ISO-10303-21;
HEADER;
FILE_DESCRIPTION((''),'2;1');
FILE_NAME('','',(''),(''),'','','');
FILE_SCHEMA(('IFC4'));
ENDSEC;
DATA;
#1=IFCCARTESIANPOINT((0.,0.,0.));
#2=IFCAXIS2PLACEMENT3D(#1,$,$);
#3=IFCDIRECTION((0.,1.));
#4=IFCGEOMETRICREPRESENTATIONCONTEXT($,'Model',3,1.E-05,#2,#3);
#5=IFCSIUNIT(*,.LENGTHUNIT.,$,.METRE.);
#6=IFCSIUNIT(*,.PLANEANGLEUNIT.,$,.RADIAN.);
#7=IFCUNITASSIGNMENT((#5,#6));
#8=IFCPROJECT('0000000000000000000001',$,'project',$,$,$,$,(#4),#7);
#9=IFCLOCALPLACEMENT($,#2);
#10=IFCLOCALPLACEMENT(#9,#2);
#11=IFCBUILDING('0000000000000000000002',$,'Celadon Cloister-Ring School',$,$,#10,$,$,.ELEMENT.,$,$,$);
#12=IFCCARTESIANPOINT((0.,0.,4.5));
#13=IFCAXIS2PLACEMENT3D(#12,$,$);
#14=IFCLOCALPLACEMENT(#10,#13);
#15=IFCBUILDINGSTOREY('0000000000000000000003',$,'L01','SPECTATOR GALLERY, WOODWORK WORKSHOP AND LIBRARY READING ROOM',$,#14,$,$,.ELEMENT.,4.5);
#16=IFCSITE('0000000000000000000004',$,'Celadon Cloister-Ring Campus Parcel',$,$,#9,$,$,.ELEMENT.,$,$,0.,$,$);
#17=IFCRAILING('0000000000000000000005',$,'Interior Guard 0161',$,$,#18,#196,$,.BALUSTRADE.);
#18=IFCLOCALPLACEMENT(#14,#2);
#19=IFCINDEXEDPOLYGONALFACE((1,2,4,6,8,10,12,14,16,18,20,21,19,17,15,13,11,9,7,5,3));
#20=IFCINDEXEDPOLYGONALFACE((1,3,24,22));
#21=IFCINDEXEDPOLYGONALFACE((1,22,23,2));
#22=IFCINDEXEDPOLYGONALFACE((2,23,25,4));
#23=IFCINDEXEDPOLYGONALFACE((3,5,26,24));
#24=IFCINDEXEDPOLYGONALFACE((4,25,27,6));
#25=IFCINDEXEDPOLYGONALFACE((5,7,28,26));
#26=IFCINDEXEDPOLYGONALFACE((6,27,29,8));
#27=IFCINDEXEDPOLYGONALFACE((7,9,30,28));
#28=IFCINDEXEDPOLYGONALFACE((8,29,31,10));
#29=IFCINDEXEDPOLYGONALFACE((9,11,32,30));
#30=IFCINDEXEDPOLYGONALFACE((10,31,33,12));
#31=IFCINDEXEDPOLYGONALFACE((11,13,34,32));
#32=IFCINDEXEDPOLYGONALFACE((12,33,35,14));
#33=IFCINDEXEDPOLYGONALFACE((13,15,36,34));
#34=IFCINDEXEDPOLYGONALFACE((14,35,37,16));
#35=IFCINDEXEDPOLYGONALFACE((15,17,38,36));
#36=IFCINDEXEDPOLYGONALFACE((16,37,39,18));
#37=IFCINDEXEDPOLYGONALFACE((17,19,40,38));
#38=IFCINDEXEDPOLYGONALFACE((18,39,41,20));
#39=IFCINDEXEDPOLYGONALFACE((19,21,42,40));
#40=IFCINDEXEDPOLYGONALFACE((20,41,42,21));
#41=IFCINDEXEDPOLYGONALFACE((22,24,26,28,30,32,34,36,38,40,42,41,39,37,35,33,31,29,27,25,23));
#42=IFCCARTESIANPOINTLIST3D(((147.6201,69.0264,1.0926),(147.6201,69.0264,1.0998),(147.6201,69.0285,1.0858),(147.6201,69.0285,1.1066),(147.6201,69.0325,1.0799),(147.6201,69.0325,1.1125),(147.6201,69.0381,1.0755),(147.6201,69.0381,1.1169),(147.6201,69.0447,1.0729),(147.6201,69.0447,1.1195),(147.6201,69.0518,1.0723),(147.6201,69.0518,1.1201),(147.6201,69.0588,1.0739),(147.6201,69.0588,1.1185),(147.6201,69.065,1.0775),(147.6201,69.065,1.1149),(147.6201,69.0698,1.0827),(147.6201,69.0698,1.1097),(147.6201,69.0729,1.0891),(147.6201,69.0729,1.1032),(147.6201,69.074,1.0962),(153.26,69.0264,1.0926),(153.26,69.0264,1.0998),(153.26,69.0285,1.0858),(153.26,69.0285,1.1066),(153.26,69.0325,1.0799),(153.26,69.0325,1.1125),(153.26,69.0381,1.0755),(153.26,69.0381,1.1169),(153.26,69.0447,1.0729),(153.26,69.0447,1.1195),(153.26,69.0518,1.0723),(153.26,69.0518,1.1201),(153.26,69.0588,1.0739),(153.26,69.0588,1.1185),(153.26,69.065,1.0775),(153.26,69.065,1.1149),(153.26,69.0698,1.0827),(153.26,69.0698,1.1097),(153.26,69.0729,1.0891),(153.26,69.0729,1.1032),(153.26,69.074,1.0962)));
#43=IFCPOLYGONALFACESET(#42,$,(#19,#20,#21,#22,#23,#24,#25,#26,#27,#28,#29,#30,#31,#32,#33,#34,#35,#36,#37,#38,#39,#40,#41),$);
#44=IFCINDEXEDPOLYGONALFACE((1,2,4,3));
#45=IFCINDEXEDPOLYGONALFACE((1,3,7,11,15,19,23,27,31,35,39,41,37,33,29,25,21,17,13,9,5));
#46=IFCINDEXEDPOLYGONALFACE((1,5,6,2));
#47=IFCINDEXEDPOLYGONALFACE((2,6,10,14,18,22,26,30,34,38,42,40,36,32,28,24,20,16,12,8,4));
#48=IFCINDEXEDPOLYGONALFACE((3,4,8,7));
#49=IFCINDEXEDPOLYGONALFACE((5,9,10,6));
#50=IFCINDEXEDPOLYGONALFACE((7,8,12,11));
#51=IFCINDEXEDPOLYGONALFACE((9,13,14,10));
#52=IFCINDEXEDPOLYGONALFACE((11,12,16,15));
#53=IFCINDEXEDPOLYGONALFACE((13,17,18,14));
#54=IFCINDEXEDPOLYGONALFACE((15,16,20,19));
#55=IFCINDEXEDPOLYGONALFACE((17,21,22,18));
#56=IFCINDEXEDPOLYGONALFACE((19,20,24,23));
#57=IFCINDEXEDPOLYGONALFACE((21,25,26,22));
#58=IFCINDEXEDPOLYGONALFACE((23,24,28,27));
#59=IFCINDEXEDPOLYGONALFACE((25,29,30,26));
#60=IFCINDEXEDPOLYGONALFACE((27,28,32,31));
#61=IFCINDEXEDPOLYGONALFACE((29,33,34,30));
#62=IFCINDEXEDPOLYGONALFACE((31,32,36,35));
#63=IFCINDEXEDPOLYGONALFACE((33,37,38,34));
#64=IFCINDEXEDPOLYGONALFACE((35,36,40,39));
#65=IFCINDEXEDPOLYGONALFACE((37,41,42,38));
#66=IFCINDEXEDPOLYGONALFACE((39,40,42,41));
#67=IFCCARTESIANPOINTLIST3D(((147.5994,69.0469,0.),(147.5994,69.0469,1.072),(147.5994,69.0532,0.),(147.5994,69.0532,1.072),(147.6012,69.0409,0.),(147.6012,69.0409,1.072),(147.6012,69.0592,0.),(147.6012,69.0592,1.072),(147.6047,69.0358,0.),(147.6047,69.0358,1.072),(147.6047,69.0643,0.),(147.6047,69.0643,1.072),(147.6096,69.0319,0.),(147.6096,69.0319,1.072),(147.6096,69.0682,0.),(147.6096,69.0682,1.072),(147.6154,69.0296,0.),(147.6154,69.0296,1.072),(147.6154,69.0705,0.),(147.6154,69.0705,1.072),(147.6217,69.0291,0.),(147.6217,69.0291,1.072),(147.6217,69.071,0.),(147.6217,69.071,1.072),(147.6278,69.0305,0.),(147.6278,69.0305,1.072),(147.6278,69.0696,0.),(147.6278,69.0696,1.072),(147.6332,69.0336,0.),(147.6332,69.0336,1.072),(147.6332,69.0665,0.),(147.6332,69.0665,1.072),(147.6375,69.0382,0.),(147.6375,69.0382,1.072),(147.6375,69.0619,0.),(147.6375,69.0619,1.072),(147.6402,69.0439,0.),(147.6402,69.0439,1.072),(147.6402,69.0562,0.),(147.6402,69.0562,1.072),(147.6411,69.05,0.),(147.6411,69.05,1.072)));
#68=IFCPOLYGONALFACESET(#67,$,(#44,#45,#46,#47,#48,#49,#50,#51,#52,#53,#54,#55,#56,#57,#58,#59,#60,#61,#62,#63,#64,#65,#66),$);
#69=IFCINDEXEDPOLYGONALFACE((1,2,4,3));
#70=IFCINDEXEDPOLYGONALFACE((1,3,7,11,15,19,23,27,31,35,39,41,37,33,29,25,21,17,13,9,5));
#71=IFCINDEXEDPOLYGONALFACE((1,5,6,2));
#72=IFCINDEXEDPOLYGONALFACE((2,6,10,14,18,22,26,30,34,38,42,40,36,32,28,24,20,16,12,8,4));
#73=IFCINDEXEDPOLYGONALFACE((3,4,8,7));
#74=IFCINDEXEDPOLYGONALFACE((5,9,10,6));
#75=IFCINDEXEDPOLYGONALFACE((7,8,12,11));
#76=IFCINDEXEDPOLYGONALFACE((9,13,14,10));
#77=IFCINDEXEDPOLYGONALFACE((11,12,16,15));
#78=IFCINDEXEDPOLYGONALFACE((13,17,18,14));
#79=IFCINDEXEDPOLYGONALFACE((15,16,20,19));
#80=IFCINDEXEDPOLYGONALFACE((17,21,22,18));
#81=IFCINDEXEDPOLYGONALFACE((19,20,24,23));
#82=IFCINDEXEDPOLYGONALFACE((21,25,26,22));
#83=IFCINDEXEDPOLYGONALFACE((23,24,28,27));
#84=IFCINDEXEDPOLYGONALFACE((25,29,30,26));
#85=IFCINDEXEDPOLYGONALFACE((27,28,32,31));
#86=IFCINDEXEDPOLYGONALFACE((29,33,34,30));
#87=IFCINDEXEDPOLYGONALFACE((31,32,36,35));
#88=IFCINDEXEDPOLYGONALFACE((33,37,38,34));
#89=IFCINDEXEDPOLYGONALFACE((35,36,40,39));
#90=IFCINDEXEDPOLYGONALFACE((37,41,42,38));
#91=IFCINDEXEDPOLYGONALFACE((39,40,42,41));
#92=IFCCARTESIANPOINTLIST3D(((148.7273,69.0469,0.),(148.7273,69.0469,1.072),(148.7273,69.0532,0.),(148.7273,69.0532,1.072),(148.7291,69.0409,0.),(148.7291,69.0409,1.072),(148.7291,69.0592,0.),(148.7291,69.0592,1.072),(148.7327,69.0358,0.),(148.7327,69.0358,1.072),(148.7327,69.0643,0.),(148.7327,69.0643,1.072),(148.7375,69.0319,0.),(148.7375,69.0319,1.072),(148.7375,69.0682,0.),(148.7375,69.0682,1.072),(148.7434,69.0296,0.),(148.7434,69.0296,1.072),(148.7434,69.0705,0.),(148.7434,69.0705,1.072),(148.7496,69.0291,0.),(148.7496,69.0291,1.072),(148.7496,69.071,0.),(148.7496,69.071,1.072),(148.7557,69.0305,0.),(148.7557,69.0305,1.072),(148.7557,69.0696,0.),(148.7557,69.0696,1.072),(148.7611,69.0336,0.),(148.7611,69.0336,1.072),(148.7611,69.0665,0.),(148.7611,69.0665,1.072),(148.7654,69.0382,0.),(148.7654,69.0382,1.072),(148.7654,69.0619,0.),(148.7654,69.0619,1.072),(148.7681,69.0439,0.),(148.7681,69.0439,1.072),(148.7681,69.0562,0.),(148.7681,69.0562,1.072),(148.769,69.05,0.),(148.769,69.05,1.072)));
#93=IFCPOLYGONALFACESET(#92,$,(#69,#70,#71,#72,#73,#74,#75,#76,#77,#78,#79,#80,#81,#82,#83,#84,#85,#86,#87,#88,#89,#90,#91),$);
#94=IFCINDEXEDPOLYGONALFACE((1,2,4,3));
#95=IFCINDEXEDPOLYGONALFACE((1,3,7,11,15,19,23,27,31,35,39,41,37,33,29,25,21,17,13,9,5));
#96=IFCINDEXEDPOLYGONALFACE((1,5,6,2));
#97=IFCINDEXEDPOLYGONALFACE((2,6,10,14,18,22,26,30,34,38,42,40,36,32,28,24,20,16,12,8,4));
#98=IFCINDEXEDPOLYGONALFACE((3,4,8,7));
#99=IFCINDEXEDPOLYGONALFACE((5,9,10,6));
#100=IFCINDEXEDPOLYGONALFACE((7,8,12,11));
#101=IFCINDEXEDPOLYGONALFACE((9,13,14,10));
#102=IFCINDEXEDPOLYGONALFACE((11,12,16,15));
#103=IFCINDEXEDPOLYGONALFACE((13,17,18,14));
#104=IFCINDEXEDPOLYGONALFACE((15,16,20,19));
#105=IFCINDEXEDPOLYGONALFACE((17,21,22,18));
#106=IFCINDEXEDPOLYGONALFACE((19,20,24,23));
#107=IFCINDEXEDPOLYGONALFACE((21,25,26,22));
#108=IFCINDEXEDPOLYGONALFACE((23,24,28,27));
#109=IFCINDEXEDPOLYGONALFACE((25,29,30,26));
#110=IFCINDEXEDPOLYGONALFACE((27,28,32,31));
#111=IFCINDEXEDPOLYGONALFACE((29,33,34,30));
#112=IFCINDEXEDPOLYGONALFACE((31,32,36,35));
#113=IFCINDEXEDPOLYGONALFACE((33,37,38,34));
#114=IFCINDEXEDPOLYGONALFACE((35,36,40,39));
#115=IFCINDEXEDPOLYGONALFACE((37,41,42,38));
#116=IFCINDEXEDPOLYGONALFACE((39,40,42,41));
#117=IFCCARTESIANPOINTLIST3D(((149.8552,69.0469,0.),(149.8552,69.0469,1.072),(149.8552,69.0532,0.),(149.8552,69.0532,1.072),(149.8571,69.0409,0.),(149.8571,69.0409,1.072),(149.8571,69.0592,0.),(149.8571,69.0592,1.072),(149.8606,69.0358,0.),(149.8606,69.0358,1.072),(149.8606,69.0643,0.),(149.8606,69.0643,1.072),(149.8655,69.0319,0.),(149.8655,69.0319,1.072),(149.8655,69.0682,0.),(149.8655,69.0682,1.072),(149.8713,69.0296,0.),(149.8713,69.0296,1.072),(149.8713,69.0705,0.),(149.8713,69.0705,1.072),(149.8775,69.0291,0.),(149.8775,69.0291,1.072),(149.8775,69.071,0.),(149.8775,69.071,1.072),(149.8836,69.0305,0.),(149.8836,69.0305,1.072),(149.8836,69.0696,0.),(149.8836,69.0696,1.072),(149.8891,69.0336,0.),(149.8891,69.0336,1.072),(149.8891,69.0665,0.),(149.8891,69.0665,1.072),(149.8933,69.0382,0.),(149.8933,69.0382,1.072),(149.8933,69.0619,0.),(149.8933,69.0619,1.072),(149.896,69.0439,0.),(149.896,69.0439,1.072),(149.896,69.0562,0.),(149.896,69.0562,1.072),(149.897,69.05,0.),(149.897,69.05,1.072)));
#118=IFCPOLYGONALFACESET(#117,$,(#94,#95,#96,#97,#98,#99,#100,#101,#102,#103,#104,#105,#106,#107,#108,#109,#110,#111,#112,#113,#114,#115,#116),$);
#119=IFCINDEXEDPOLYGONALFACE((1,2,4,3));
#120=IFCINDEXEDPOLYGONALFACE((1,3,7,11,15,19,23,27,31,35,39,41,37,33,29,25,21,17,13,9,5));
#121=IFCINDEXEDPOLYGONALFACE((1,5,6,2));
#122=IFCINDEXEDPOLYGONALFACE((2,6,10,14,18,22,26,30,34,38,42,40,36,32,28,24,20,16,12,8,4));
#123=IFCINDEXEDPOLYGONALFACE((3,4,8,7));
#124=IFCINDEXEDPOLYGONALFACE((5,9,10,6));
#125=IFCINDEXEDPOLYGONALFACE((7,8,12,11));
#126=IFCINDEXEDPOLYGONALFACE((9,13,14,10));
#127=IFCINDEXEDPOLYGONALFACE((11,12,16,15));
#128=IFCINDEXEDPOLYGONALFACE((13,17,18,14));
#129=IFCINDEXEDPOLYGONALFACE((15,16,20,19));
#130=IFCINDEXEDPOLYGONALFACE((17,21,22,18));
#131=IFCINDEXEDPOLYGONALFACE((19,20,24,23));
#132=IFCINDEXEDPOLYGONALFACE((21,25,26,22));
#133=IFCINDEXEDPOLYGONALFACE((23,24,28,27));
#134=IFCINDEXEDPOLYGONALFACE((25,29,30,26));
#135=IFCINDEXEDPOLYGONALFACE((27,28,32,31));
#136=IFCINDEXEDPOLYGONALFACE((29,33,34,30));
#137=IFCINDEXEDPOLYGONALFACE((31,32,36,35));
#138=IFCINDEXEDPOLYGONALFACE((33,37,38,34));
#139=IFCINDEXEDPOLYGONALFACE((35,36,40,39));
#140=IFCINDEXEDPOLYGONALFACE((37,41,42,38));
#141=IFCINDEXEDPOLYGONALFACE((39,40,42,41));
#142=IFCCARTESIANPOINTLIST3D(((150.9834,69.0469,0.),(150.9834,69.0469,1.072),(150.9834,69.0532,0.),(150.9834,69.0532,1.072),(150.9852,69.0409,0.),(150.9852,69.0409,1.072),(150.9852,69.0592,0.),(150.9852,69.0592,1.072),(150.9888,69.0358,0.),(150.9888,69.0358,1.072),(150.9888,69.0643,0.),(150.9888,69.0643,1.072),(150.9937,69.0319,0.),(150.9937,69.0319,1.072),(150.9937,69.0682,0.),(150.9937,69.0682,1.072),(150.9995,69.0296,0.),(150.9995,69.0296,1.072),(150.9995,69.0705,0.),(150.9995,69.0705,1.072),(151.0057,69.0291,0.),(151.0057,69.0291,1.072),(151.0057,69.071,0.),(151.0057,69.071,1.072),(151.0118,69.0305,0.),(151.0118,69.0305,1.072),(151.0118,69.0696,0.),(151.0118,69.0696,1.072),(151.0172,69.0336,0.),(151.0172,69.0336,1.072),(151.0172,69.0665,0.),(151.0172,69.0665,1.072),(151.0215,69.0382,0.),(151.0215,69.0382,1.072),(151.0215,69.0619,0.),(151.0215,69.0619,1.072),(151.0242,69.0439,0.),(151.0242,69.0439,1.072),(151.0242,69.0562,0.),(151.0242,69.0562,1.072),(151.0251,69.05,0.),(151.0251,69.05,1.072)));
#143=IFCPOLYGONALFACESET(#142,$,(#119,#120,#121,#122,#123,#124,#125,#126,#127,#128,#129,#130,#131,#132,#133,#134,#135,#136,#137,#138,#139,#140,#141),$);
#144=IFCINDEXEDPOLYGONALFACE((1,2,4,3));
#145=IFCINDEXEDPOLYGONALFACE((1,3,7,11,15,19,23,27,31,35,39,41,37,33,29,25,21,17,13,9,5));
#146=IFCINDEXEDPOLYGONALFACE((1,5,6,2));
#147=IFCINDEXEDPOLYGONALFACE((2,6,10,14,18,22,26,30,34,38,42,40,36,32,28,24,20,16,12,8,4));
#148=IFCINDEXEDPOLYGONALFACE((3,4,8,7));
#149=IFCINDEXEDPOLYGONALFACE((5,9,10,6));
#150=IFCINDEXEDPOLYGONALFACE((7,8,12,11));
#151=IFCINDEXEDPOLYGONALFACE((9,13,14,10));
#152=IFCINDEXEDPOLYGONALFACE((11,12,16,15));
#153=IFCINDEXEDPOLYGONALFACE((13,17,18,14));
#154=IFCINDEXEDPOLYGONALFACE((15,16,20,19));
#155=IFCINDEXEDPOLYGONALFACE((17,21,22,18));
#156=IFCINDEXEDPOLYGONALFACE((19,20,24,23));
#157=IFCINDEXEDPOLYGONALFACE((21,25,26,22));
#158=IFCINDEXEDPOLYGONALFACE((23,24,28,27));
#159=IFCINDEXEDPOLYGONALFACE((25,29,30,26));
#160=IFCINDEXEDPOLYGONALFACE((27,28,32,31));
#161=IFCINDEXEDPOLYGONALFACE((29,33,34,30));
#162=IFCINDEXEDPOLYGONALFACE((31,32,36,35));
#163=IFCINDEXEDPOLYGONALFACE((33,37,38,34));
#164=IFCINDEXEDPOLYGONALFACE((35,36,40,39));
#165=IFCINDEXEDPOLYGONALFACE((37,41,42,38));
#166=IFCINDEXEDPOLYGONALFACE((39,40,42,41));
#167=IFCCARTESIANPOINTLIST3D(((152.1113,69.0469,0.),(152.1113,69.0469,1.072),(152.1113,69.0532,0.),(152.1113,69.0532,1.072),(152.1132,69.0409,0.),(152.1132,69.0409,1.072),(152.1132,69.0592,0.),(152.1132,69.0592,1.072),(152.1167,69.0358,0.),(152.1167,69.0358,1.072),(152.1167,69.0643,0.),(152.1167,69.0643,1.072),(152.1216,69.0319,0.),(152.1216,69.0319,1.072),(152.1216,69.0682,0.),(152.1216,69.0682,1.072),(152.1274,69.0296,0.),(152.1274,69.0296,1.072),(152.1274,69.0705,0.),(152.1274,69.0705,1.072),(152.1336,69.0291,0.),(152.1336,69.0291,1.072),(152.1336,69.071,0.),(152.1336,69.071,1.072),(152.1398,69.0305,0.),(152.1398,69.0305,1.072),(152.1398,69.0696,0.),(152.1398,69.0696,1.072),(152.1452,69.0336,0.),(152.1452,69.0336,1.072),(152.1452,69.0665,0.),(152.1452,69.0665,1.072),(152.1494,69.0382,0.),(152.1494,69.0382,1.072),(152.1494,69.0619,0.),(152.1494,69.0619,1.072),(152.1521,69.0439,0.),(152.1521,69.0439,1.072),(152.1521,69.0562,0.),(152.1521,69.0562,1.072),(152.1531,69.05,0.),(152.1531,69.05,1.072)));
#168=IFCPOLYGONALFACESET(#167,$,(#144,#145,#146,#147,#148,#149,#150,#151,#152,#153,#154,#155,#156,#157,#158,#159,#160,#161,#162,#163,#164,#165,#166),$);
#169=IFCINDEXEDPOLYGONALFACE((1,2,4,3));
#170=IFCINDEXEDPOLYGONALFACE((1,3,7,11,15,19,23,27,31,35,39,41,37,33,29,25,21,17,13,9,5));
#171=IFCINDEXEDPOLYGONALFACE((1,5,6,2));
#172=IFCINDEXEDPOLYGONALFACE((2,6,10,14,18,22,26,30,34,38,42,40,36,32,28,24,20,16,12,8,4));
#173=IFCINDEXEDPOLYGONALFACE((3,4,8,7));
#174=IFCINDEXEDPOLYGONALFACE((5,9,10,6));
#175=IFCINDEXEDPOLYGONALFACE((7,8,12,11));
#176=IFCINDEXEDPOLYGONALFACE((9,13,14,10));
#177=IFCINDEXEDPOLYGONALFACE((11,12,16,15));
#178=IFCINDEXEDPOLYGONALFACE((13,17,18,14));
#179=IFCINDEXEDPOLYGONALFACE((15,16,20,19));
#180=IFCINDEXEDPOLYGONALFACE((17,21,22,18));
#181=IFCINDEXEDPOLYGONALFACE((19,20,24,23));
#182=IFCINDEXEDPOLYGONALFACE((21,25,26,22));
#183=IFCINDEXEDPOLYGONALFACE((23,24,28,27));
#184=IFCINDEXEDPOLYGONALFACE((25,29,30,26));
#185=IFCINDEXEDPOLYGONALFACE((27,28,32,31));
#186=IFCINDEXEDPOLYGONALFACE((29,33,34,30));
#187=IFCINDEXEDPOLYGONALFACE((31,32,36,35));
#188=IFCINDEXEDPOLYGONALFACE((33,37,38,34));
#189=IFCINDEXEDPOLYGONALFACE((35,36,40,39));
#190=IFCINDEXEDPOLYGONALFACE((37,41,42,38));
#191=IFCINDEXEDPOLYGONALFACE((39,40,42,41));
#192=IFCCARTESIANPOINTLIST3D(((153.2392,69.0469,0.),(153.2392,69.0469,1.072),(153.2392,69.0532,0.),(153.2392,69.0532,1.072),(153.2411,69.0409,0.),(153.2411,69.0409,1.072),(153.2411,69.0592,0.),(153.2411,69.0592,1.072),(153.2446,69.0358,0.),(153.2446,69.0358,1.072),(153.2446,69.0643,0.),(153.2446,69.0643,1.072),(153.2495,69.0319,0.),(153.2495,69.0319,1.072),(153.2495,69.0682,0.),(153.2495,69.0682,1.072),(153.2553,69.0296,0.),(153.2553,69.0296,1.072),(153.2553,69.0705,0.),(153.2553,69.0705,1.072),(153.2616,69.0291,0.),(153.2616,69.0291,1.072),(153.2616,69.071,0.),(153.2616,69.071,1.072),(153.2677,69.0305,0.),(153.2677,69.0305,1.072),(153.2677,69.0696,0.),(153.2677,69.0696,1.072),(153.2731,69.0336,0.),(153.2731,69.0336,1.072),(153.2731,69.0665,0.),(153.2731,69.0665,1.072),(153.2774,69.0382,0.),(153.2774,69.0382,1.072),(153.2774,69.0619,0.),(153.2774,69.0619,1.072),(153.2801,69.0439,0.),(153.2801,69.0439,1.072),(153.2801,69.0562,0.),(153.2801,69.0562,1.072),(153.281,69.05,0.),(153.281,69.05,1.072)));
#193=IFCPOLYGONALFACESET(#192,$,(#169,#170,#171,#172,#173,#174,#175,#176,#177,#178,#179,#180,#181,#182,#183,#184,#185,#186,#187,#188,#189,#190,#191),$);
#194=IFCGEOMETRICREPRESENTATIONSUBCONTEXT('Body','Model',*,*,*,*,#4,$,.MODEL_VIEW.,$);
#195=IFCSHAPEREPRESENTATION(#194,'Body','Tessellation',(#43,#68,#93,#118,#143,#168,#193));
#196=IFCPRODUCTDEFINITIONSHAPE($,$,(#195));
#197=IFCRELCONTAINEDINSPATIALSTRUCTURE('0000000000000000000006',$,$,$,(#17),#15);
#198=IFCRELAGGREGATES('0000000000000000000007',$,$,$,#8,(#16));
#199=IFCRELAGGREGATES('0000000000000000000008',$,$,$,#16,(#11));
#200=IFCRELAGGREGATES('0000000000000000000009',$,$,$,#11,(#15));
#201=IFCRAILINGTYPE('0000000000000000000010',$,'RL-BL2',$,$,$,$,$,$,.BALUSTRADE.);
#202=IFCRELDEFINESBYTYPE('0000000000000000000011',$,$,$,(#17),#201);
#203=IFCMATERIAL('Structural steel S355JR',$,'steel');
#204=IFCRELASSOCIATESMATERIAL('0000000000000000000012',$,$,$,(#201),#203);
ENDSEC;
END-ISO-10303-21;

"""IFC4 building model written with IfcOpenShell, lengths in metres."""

from ifc_helpers import new_model, si_unit, direction, frame, origin, origin_2d, place, context, subcontext, project, spatial, circle, extrude, material, type_object, element, save


model = new_model("IFC4")

# Units and contexts
model_context = context("Model", 3, precision=1e-05, world=origin(), true_north=direction((0.0, 1.0)))
body_context = subcontext(model_context, "Body", "Model", "MODEL_VIEW")
ifc_project = project(units=[si_unit("LENGTHUNIT", "METRE"), si_unit("PLANEANGLEUNIT", "RADIAN")], contexts=[model_context])

# Site, building, storey
site_placement = place(None, origin())
site = spatial("IfcSite", under=ifc_project, at=site_placement, Name="Celadon Cloister-Ring Campus Parcel", CompositionType="ELEMENT", RefElevation=0.0)
building_placement = place(site_placement, origin())
building = spatial("IfcBuilding", under=site, at=building_placement, Name="Celadon Cloister-Ring School", CompositionType="ELEMENT")
storey_placement = place(building_placement, frame((0.0, 0.0, 4.5)))
storey = spatial("IfcBuildingStorey", under=building, at=storey_placement, Name="L01", Description="SPECTATOR GALLERY, WOODWORK WORKSHOP AND LIBRARY READING ROOM", CompositionType="ELEMENT", Elevation=4.5)

# Railing
ifc_material_1 = material(Name="Structural steel S355JR", Category="steel")
railing_type_1 = type_object("IfcRailingType", Name="RL-BL2", PredefinedType="BALUSTRADE", material=ifc_material_1)
railing_1_placement = place(storey_placement, frame((147.6201, 69.05, 0.0)))
element("IfcRailing", 1, at=railing_1_placement, inside=storey, type_object=railing_type_1, Name="Interior Guard 0161", PredefinedType="BALUSTRADE", context=body_context, shape_type="SweptSolid", body=[
    extrude(circle(Radius=0.0239, at=origin_2d()), frame((0.0, 0.0, 1.0962), z_axis=(1.0, 0.0, 0.0), x_axis=(0.0, 1.0, 0.0)), (0.0, 0.0, 1.0), 5.6399),
    extrude(circle(Radius=0.021, at=origin_2d()), origin(), (0.0, 0.0, 1.0), 1.072),
    extrude(circle(Radius=0.021, at=origin_2d()), frame((1.1279, 0.0, 0.0)), (0.0, 0.0, 1.0), 1.072),
    extrude(circle(Radius=0.021, at=origin_2d()), frame((2.2559, 0.0, 0.0)), (0.0, 0.0, 1.0), 1.072),
    extrude(circle(Radius=0.021, at=origin_2d()), frame((3.384, 0.0, 0.0)), (0.0, 0.0, 1.0), 1.072),
    extrude(circle(Radius=0.021, at=origin_2d()), frame((4.512, 0.0, 0.0)), (0.0, 0.0, 1.0), 1.072),
    extrude(circle(Radius=0.021, at=origin_2d()), frame((5.6399, 0.0, 0.0)), (0.0, 0.0, 1.0), 1.072),
])

save(model, "model.ifc")
